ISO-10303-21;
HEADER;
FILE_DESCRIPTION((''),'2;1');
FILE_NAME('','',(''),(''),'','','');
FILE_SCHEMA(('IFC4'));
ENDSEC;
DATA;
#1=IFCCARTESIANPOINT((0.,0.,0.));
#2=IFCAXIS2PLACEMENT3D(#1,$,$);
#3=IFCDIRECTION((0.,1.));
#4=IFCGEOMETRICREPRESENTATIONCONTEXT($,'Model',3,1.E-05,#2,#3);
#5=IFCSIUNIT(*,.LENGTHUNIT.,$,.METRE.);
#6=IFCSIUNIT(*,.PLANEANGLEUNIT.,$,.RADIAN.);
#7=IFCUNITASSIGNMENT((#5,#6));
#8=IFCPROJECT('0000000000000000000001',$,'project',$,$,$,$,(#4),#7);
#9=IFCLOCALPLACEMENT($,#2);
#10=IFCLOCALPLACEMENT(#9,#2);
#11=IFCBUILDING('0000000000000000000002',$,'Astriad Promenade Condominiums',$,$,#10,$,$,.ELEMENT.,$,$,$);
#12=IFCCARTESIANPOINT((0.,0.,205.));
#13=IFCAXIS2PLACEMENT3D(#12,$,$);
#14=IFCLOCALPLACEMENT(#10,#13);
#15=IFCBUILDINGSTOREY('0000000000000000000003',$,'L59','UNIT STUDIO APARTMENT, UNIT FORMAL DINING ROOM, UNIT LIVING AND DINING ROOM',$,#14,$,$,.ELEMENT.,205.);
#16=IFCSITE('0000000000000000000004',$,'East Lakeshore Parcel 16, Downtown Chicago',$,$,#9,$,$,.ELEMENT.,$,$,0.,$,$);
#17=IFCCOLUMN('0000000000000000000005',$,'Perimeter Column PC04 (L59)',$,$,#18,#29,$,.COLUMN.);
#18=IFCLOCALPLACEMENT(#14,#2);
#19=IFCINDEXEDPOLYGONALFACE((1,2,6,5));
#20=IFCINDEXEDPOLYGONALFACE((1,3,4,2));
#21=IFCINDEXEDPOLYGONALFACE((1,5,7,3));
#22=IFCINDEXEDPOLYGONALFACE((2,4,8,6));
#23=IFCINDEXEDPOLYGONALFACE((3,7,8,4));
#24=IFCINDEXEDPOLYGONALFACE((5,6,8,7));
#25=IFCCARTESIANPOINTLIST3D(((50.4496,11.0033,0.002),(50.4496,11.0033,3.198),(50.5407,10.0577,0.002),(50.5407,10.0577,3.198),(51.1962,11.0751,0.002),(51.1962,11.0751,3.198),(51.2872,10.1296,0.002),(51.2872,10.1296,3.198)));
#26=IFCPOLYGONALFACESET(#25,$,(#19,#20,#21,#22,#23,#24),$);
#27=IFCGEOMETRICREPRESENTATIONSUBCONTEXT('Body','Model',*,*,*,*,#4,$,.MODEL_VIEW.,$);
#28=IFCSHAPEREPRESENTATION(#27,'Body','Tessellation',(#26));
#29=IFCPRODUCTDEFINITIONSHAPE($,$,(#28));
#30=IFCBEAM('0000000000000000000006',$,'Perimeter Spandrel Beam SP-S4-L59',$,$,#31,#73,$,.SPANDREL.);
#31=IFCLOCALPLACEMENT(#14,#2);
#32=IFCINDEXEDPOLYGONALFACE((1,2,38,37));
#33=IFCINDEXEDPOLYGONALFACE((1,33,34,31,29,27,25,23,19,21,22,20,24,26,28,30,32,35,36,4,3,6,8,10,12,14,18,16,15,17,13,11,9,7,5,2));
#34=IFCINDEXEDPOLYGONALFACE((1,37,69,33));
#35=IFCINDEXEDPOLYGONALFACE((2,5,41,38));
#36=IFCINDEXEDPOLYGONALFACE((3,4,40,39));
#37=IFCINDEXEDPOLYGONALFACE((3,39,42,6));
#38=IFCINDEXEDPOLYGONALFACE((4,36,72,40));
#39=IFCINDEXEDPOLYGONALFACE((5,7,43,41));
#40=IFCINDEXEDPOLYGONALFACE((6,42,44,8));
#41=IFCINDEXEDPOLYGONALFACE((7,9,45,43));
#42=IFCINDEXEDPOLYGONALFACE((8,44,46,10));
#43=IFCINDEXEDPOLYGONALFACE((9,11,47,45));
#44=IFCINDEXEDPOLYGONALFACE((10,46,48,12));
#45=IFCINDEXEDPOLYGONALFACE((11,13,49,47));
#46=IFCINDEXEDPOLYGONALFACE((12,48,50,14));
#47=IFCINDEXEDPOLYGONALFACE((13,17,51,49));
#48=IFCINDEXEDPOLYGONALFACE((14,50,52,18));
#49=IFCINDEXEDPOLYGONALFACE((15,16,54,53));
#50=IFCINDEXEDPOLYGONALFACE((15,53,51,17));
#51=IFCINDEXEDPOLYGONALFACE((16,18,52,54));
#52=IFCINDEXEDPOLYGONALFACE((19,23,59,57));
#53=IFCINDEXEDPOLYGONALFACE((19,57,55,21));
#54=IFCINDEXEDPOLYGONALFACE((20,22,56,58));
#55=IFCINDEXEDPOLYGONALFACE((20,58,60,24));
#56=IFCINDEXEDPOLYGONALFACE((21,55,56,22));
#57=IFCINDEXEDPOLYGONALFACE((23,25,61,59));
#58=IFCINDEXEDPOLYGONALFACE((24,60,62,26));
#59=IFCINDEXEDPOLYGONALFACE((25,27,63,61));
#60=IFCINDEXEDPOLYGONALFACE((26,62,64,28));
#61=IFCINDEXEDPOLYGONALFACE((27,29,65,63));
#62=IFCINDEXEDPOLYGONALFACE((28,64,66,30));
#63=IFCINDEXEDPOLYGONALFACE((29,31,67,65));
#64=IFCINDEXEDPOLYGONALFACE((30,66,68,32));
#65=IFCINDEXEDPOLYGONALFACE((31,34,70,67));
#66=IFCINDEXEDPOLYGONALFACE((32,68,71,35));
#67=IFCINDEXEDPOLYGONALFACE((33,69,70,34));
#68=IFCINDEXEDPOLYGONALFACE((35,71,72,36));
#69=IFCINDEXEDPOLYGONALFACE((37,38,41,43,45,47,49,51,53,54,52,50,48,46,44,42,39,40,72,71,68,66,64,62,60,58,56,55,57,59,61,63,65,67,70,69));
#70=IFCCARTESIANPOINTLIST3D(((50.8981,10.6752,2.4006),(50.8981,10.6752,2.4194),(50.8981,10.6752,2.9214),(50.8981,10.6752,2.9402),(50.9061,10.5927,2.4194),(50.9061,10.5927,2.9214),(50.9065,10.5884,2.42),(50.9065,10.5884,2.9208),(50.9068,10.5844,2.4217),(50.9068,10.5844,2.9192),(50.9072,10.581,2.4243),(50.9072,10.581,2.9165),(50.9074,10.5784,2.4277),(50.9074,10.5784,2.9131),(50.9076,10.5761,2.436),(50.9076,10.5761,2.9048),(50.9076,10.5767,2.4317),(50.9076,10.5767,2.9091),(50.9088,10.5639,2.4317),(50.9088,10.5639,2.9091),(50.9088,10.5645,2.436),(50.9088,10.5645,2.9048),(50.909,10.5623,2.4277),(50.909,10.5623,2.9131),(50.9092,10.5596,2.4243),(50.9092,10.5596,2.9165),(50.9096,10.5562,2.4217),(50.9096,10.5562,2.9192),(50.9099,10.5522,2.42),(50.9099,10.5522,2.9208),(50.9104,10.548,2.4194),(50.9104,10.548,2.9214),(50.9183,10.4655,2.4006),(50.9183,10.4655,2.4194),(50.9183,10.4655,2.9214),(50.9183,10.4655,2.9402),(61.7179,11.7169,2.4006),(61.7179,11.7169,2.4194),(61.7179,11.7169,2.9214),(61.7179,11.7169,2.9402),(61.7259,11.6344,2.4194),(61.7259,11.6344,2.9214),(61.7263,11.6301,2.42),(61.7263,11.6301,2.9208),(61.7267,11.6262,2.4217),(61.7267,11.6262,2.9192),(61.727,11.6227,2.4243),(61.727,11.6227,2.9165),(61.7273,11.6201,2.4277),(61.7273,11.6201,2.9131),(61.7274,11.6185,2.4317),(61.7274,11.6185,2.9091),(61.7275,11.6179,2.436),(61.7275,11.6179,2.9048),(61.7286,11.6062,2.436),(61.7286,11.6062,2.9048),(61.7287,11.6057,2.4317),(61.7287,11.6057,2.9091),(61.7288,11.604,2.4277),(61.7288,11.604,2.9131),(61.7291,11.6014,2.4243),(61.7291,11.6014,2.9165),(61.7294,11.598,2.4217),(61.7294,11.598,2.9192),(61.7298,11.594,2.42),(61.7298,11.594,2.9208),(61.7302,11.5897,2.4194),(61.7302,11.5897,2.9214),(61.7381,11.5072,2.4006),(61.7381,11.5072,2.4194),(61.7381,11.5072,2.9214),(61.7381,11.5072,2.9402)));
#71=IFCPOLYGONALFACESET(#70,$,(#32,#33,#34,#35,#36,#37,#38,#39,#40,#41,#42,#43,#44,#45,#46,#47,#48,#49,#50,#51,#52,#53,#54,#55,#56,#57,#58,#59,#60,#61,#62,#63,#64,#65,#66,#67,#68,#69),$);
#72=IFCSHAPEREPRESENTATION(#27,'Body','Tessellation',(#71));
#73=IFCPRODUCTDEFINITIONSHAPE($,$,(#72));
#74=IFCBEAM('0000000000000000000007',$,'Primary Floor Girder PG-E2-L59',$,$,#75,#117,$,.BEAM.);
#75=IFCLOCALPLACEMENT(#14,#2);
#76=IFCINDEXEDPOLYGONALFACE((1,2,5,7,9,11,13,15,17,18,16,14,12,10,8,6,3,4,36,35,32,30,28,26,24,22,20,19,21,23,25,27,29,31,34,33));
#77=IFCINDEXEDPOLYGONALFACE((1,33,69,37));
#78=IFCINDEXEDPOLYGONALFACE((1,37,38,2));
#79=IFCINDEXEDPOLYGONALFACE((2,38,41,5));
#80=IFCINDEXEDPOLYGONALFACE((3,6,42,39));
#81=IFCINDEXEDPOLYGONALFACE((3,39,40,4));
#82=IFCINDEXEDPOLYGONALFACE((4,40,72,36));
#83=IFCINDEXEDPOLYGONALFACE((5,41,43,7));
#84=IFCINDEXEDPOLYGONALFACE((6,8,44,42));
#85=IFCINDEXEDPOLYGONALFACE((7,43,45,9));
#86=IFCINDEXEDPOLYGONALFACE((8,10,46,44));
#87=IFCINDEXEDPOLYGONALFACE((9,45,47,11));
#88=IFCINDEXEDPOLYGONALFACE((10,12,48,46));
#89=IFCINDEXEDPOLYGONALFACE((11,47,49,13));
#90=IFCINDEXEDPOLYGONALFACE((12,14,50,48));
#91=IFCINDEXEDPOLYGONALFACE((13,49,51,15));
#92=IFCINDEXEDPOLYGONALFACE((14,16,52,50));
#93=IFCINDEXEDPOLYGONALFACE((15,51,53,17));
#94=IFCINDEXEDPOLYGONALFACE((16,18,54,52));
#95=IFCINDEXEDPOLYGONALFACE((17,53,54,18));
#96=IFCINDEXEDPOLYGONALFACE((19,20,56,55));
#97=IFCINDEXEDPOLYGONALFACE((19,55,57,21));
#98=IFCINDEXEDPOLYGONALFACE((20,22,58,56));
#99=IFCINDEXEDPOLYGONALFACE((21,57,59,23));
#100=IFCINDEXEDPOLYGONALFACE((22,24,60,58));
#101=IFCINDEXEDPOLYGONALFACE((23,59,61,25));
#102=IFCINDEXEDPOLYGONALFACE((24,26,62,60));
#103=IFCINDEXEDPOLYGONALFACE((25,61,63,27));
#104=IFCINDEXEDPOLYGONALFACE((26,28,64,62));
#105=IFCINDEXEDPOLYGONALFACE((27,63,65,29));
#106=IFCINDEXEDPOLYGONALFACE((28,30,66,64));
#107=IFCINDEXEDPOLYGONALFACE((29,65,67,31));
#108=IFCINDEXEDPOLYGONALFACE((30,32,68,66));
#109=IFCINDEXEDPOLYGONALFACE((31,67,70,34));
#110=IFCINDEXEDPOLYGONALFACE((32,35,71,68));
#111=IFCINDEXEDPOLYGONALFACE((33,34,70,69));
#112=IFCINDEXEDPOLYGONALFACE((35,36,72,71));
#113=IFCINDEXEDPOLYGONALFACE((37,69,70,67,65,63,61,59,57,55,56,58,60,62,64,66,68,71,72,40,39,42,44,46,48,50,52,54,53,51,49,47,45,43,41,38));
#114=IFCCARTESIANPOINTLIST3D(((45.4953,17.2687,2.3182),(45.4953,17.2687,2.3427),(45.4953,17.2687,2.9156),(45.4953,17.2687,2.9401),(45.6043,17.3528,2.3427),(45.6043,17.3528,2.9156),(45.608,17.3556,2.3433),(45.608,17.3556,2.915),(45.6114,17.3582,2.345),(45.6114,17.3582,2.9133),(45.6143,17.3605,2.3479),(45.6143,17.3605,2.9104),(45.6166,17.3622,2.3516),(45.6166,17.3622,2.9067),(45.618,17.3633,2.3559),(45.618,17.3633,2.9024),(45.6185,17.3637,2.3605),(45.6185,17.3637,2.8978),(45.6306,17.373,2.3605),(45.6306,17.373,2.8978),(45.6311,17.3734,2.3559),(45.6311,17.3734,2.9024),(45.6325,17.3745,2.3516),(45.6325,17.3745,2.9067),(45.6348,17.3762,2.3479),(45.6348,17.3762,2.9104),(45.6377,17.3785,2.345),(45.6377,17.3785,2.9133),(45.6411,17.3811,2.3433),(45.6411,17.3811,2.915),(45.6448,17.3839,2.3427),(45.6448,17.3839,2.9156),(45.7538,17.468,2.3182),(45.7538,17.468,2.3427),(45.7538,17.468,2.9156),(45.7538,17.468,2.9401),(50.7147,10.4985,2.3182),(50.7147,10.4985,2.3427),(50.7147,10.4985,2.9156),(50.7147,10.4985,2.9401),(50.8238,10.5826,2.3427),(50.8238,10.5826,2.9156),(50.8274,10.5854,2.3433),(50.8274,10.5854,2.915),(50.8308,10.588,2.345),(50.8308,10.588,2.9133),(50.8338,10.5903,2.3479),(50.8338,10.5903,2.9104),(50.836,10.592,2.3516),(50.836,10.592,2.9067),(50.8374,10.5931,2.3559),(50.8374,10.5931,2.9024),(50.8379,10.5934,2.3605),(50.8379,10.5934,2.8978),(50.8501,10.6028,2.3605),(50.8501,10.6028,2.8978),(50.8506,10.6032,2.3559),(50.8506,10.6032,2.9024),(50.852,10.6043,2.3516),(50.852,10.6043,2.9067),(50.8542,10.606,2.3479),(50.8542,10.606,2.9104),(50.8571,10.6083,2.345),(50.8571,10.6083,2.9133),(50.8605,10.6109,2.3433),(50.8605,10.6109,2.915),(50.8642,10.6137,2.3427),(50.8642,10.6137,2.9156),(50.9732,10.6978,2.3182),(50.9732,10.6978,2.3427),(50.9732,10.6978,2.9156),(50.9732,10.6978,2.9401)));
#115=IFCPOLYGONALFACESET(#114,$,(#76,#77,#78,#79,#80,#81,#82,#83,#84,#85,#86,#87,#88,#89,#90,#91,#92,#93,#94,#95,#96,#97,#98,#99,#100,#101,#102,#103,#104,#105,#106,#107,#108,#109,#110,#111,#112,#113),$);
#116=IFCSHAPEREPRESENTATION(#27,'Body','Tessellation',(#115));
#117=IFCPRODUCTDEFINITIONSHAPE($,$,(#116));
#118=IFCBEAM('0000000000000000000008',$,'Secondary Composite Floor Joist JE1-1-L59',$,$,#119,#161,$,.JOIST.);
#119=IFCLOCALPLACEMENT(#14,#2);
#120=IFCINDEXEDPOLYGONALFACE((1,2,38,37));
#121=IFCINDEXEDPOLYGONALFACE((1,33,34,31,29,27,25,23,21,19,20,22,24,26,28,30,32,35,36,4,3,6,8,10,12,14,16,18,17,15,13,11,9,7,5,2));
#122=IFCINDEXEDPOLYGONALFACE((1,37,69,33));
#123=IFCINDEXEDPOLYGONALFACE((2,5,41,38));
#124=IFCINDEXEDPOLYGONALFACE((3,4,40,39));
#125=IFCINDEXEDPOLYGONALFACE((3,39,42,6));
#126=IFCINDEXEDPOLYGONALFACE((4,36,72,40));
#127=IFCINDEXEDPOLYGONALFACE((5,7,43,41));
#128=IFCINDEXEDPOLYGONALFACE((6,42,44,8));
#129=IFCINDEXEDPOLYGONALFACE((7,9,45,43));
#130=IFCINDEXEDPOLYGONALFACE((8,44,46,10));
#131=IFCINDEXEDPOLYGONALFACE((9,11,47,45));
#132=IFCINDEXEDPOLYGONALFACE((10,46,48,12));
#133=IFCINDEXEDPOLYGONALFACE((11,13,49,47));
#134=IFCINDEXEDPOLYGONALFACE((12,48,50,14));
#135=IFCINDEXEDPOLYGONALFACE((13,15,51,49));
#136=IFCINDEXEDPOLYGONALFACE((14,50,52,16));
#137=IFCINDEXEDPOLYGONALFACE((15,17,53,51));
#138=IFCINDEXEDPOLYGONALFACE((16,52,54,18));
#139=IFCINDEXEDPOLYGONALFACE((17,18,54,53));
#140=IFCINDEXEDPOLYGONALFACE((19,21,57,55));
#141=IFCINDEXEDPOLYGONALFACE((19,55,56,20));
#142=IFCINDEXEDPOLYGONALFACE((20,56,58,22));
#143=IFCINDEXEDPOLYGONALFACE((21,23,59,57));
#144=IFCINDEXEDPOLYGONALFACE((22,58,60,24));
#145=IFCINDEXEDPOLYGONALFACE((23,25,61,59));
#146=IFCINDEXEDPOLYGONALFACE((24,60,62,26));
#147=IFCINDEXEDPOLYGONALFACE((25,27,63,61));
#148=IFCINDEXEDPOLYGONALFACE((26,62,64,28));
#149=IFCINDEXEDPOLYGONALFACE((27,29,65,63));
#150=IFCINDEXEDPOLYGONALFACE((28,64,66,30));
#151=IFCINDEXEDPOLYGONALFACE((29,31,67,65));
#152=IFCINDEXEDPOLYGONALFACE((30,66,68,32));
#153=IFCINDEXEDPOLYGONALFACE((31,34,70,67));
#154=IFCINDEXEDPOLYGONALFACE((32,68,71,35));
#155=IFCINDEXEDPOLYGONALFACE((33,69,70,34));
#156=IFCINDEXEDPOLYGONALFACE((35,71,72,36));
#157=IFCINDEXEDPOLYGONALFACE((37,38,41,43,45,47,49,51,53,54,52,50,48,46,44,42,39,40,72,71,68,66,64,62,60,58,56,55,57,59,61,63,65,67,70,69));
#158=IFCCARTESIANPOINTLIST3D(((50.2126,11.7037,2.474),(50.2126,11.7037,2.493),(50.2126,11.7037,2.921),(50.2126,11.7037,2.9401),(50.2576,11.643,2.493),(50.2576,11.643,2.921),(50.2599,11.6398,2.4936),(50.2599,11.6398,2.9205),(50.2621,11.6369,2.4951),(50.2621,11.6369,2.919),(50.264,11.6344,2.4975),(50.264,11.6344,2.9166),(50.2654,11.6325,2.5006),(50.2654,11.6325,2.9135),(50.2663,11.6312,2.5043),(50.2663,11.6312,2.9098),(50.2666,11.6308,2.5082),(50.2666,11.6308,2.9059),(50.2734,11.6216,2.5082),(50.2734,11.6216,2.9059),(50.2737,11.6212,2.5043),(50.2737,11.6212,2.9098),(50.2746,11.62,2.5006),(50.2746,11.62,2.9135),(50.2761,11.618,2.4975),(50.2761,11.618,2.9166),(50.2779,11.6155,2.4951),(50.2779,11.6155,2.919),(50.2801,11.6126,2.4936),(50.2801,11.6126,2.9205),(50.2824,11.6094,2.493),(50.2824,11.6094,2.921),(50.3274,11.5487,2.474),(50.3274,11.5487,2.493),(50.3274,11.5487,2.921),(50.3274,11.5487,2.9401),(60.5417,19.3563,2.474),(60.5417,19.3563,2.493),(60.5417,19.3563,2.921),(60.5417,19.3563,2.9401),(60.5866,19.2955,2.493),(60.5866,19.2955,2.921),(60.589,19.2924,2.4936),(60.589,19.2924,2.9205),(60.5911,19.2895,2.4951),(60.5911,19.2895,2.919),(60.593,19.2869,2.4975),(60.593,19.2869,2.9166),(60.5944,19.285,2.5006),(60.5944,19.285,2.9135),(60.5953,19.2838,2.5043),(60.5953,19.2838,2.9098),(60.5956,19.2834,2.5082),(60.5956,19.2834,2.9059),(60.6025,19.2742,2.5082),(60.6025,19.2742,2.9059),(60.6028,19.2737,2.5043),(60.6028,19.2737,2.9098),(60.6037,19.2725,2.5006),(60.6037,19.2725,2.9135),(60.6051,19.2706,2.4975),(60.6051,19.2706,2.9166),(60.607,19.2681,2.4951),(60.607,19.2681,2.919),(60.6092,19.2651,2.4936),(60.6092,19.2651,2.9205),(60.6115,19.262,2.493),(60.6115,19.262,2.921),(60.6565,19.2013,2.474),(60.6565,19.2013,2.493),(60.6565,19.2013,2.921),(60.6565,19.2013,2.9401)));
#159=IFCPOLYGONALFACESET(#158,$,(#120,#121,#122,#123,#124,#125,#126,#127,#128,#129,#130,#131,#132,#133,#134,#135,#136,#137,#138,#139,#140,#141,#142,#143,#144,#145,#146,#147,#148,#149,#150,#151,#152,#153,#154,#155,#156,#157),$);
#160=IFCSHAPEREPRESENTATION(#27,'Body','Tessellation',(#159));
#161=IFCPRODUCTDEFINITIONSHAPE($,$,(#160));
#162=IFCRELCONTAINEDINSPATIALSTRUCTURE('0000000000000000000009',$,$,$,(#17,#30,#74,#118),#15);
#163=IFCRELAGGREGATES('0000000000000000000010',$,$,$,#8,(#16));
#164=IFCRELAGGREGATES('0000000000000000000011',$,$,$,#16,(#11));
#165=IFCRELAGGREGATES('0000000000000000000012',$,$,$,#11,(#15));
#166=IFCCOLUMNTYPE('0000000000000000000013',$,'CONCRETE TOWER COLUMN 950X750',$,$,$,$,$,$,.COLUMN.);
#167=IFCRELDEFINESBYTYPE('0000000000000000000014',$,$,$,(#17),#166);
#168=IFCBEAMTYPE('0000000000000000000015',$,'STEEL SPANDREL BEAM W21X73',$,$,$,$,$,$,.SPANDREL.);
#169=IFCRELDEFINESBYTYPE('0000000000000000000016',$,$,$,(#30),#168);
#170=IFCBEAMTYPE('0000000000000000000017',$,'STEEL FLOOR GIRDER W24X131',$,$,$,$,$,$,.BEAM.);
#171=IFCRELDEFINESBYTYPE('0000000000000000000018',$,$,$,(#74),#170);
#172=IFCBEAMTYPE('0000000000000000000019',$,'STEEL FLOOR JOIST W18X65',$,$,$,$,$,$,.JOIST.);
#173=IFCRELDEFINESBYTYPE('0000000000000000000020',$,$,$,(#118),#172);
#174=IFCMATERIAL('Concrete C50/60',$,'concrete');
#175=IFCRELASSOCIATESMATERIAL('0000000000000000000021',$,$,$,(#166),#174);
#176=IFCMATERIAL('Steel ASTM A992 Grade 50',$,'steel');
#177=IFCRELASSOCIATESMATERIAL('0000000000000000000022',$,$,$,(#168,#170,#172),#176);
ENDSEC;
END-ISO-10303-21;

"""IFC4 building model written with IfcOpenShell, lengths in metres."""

from ifc_helpers import new_model, si_unit, direction, frame, origin, origin_2d, place, context, subcontext, project, spatial, rectangle, i_section, extrude, source, transform, mapped, material, material_profile, profile_set, type_object, type_shapes, element, save


model = new_model("IFC4")

# Units and contexts
model_context = context("Model", 3, precision=1e-05, world=origin(), true_north=direction((0.0, 1.0)))
body_context = subcontext(model_context, "Body", "Model", "MODEL_VIEW")
ifc_project = project(units=[si_unit("LENGTHUNIT", "METRE"), si_unit("PLANEANGLEUNIT", "RADIAN")], contexts=[model_context])

# Site, building, storey
site_placement = place(None, origin())
site = spatial("IfcSite", under=ifc_project, at=site_placement, Name="East Lakeshore Parcel 16, Downtown Chicago", CompositionType="ELEMENT", RefElevation=0.0)
building_placement = place(site_placement, origin())
building = spatial("IfcBuilding", under=site, at=building_placement, Name="Astriad Promenade Condominiums", CompositionType="ELEMENT")
storey_placement = place(building_placement, frame((0.0, 0.0, 205.0)))
storey = spatial("IfcBuildingStorey", under=building, at=storey_placement, Name="L59", Description="UNIT STUDIO APARTMENT, UNIT FORMAL DINING ROOM, UNIT LIVING AND DINING ROOM", CompositionType="ELEMENT", Elevation=205.0)

# Column
ifc_material_1 = material(Name="Concrete C50/60", Category="concrete")
ifc_material_profile_1 = material_profile(ifc_material_1, rectangle(XDim=0.75, YDim=0.95, at=origin_2d()), Name="RC-COL-950X750")
ifc_profile_set_1 = profile_set([ifc_material_profile_1], Name="Concrete C50/60")
column_type = type_object("IfcColumnType", Name="CONCRETE TOWER COLUMN 950X750", PredefinedType="COLUMN", material=ifc_profile_set_1)
shared_shape_1 = source(origin(), body_context, "Body", "SweptSolid", [
    extrude(rectangle(XDim=0.75, YDim=0.95, at=origin_2d()), origin(), (0.0, 0.0, 1.0), 3.196),
])
type_shapes(column_type, [shared_shape_1])
column_placement = place(storey_placement, frame((50.8684, 10.5664, 0.002), z_axis=(0.0, 0.0, 1.0), x_axis=(0.995396, 0.095846, 0.0)))
element("IfcColumn", 1, at=column_placement, inside=storey, type_object=column_type, Name="Perimeter Column PC04 (L59)", PredefinedType="COLUMN", context=body_context, shape_type="MappedRepresentation", body=[
    mapped(shared_shape_1, transform((0.0, 0.0, 0.0), scale=1.0)),
])

# Beams
ifc_material_2 = material(Name="Steel ASTM A992 Grade 50", Category="steel")
ifc_material_profile_2 = material_profile(ifc_material_2, i_section(OverallWidth=0.2107, OverallDepth=0.5396, WebThickness=0.0117, FlangeThickness=0.0188, FilletRadius=0.0166, at=origin_2d()), Name="W21X73")
ifc_profile_set_2 = profile_set([ifc_material_profile_2], Name="Steel ASTM A992 Grade 50")
beam_type_1 = type_object("IfcBeamType", Name="STEEL SPANDREL BEAM W21X73", PredefinedType="SPANDREL", material=ifc_profile_set_2)
shared_shape_2 = source(origin(), body_context, "Body", "SweptSolid", [
    extrude(i_section(OverallWidth=0.2107, OverallDepth=0.5396, WebThickness=0.0117, FlangeThickness=0.0188, FilletRadius=0.0166, at=origin_2d()), origin(), (0.0, 0.0, 1.0), 10.8699),
])
type_shapes(beam_type_1, [shared_shape_2])
beam_1_placement = place(storey_placement, frame((50.9082, 10.5703, 2.6704), z_axis=(0.995397, 0.095838, 0.0), x_axis=(-0.095838, 0.995397, 0.0)))
element("IfcBeam", 2, at=beam_1_placement, inside=storey, type_object=beam_type_1, Name="Perimeter Spandrel Beam SP-S4-L59", PredefinedType="SPANDREL", context=body_context, shape_type="MappedRepresentation", body=[
    mapped(shared_shape_2, transform((0.0, 0.0, 0.0), scale=1.0)),
])
ifc_material_profile_3 = material_profile(ifc_material_2, i_section(OverallWidth=0.3264, OverallDepth=0.6218, WebThickness=0.0154, FlangeThickness=0.0244, FilletRadius=0.0178, at=origin_2d()), Name="W24X131")
ifc_profile_set_3 = profile_set([ifc_material_profile_3], Name="Steel ASTM A992 Grade 50")
beam_type_2 = type_object("IfcBeamType", Name="STEEL FLOOR GIRDER W24X131", PredefinedType="BEAM", material=ifc_profile_set_3)
shared_shape_3 = source(origin(), body_context, "Body", "SweptSolid", [
    extrude(i_section(OverallWidth=0.3264, OverallDepth=0.6218, WebThickness=0.0154, FlangeThickness=0.0244, FilletRadius=0.0178, at=origin_2d()), origin(), (0.0, 0.0, 1.0), 8.5486),
])
type_shapes(beam_type_2, [shared_shape_3])
beam_2_placement = place(storey_placement, frame((50.844, 10.5981, 2.6292), z_axis=(-0.610562, 0.791968, 0.0), x_axis=(-0.791968, -0.610562, 0.0)))
element("IfcBeam", 3, at=beam_2_placement, inside=storey, type_object=beam_type_2, Name="Primary Floor Girder PG-E2-L59", PredefinedType="BEAM", context=body_context, shape_type="MappedRepresentation", body=[
    mapped(shared_shape_3, transform((0.0, 0.0, 0.0), scale=1.0)),
])
ifc_material_profile_4 = material_profile(ifc_material_2, i_section(OverallWidth=0.1929, OverallDepth=0.4661, WebThickness=0.0115, FlangeThickness=0.019, FilletRadius=0.0151, at=origin_2d()), Name="W18X65")
ifc_profile_set_4 = profile_set([ifc_material_profile_4], Name="Steel ASTM A992 Grade 50")
beam_type_3 = type_object("IfcBeamType", Name="STEEL FLOOR JOIST W18X65", PredefinedType="JOIST", material=ifc_profile_set_4)
shared_shape_4 = source(origin(), body_context, "Body", "SweptSolid", [
    extrude(i_section(OverallWidth=0.1929, OverallDepth=0.4661, WebThickness=0.0115, FlangeThickness=0.019, FilletRadius=0.0151, at=origin_2d()), origin(), (0.0, 0.0, 1.0), 12.855),
])
beam_3_placement = place(storey_placement, frame((50.27, 11.6262, 2.707), z_axis=(0.803505, 0.595298, 0.0), x_axis=(-0.595298, 0.803505, 0.0)))
element("IfcBeam", 4, at=beam_3_placement, inside=storey, type_object=beam_type_3, Name="Secondary Composite Floor Joist JE1-1-L59", PredefinedType="JOIST", context=body_context, shape_type="MappedRepresentation", body=[
    mapped(shared_shape_4, transform((0.0, 0.0, 0.0), scale=1.0)),
])

save(model, "model.ifc")
